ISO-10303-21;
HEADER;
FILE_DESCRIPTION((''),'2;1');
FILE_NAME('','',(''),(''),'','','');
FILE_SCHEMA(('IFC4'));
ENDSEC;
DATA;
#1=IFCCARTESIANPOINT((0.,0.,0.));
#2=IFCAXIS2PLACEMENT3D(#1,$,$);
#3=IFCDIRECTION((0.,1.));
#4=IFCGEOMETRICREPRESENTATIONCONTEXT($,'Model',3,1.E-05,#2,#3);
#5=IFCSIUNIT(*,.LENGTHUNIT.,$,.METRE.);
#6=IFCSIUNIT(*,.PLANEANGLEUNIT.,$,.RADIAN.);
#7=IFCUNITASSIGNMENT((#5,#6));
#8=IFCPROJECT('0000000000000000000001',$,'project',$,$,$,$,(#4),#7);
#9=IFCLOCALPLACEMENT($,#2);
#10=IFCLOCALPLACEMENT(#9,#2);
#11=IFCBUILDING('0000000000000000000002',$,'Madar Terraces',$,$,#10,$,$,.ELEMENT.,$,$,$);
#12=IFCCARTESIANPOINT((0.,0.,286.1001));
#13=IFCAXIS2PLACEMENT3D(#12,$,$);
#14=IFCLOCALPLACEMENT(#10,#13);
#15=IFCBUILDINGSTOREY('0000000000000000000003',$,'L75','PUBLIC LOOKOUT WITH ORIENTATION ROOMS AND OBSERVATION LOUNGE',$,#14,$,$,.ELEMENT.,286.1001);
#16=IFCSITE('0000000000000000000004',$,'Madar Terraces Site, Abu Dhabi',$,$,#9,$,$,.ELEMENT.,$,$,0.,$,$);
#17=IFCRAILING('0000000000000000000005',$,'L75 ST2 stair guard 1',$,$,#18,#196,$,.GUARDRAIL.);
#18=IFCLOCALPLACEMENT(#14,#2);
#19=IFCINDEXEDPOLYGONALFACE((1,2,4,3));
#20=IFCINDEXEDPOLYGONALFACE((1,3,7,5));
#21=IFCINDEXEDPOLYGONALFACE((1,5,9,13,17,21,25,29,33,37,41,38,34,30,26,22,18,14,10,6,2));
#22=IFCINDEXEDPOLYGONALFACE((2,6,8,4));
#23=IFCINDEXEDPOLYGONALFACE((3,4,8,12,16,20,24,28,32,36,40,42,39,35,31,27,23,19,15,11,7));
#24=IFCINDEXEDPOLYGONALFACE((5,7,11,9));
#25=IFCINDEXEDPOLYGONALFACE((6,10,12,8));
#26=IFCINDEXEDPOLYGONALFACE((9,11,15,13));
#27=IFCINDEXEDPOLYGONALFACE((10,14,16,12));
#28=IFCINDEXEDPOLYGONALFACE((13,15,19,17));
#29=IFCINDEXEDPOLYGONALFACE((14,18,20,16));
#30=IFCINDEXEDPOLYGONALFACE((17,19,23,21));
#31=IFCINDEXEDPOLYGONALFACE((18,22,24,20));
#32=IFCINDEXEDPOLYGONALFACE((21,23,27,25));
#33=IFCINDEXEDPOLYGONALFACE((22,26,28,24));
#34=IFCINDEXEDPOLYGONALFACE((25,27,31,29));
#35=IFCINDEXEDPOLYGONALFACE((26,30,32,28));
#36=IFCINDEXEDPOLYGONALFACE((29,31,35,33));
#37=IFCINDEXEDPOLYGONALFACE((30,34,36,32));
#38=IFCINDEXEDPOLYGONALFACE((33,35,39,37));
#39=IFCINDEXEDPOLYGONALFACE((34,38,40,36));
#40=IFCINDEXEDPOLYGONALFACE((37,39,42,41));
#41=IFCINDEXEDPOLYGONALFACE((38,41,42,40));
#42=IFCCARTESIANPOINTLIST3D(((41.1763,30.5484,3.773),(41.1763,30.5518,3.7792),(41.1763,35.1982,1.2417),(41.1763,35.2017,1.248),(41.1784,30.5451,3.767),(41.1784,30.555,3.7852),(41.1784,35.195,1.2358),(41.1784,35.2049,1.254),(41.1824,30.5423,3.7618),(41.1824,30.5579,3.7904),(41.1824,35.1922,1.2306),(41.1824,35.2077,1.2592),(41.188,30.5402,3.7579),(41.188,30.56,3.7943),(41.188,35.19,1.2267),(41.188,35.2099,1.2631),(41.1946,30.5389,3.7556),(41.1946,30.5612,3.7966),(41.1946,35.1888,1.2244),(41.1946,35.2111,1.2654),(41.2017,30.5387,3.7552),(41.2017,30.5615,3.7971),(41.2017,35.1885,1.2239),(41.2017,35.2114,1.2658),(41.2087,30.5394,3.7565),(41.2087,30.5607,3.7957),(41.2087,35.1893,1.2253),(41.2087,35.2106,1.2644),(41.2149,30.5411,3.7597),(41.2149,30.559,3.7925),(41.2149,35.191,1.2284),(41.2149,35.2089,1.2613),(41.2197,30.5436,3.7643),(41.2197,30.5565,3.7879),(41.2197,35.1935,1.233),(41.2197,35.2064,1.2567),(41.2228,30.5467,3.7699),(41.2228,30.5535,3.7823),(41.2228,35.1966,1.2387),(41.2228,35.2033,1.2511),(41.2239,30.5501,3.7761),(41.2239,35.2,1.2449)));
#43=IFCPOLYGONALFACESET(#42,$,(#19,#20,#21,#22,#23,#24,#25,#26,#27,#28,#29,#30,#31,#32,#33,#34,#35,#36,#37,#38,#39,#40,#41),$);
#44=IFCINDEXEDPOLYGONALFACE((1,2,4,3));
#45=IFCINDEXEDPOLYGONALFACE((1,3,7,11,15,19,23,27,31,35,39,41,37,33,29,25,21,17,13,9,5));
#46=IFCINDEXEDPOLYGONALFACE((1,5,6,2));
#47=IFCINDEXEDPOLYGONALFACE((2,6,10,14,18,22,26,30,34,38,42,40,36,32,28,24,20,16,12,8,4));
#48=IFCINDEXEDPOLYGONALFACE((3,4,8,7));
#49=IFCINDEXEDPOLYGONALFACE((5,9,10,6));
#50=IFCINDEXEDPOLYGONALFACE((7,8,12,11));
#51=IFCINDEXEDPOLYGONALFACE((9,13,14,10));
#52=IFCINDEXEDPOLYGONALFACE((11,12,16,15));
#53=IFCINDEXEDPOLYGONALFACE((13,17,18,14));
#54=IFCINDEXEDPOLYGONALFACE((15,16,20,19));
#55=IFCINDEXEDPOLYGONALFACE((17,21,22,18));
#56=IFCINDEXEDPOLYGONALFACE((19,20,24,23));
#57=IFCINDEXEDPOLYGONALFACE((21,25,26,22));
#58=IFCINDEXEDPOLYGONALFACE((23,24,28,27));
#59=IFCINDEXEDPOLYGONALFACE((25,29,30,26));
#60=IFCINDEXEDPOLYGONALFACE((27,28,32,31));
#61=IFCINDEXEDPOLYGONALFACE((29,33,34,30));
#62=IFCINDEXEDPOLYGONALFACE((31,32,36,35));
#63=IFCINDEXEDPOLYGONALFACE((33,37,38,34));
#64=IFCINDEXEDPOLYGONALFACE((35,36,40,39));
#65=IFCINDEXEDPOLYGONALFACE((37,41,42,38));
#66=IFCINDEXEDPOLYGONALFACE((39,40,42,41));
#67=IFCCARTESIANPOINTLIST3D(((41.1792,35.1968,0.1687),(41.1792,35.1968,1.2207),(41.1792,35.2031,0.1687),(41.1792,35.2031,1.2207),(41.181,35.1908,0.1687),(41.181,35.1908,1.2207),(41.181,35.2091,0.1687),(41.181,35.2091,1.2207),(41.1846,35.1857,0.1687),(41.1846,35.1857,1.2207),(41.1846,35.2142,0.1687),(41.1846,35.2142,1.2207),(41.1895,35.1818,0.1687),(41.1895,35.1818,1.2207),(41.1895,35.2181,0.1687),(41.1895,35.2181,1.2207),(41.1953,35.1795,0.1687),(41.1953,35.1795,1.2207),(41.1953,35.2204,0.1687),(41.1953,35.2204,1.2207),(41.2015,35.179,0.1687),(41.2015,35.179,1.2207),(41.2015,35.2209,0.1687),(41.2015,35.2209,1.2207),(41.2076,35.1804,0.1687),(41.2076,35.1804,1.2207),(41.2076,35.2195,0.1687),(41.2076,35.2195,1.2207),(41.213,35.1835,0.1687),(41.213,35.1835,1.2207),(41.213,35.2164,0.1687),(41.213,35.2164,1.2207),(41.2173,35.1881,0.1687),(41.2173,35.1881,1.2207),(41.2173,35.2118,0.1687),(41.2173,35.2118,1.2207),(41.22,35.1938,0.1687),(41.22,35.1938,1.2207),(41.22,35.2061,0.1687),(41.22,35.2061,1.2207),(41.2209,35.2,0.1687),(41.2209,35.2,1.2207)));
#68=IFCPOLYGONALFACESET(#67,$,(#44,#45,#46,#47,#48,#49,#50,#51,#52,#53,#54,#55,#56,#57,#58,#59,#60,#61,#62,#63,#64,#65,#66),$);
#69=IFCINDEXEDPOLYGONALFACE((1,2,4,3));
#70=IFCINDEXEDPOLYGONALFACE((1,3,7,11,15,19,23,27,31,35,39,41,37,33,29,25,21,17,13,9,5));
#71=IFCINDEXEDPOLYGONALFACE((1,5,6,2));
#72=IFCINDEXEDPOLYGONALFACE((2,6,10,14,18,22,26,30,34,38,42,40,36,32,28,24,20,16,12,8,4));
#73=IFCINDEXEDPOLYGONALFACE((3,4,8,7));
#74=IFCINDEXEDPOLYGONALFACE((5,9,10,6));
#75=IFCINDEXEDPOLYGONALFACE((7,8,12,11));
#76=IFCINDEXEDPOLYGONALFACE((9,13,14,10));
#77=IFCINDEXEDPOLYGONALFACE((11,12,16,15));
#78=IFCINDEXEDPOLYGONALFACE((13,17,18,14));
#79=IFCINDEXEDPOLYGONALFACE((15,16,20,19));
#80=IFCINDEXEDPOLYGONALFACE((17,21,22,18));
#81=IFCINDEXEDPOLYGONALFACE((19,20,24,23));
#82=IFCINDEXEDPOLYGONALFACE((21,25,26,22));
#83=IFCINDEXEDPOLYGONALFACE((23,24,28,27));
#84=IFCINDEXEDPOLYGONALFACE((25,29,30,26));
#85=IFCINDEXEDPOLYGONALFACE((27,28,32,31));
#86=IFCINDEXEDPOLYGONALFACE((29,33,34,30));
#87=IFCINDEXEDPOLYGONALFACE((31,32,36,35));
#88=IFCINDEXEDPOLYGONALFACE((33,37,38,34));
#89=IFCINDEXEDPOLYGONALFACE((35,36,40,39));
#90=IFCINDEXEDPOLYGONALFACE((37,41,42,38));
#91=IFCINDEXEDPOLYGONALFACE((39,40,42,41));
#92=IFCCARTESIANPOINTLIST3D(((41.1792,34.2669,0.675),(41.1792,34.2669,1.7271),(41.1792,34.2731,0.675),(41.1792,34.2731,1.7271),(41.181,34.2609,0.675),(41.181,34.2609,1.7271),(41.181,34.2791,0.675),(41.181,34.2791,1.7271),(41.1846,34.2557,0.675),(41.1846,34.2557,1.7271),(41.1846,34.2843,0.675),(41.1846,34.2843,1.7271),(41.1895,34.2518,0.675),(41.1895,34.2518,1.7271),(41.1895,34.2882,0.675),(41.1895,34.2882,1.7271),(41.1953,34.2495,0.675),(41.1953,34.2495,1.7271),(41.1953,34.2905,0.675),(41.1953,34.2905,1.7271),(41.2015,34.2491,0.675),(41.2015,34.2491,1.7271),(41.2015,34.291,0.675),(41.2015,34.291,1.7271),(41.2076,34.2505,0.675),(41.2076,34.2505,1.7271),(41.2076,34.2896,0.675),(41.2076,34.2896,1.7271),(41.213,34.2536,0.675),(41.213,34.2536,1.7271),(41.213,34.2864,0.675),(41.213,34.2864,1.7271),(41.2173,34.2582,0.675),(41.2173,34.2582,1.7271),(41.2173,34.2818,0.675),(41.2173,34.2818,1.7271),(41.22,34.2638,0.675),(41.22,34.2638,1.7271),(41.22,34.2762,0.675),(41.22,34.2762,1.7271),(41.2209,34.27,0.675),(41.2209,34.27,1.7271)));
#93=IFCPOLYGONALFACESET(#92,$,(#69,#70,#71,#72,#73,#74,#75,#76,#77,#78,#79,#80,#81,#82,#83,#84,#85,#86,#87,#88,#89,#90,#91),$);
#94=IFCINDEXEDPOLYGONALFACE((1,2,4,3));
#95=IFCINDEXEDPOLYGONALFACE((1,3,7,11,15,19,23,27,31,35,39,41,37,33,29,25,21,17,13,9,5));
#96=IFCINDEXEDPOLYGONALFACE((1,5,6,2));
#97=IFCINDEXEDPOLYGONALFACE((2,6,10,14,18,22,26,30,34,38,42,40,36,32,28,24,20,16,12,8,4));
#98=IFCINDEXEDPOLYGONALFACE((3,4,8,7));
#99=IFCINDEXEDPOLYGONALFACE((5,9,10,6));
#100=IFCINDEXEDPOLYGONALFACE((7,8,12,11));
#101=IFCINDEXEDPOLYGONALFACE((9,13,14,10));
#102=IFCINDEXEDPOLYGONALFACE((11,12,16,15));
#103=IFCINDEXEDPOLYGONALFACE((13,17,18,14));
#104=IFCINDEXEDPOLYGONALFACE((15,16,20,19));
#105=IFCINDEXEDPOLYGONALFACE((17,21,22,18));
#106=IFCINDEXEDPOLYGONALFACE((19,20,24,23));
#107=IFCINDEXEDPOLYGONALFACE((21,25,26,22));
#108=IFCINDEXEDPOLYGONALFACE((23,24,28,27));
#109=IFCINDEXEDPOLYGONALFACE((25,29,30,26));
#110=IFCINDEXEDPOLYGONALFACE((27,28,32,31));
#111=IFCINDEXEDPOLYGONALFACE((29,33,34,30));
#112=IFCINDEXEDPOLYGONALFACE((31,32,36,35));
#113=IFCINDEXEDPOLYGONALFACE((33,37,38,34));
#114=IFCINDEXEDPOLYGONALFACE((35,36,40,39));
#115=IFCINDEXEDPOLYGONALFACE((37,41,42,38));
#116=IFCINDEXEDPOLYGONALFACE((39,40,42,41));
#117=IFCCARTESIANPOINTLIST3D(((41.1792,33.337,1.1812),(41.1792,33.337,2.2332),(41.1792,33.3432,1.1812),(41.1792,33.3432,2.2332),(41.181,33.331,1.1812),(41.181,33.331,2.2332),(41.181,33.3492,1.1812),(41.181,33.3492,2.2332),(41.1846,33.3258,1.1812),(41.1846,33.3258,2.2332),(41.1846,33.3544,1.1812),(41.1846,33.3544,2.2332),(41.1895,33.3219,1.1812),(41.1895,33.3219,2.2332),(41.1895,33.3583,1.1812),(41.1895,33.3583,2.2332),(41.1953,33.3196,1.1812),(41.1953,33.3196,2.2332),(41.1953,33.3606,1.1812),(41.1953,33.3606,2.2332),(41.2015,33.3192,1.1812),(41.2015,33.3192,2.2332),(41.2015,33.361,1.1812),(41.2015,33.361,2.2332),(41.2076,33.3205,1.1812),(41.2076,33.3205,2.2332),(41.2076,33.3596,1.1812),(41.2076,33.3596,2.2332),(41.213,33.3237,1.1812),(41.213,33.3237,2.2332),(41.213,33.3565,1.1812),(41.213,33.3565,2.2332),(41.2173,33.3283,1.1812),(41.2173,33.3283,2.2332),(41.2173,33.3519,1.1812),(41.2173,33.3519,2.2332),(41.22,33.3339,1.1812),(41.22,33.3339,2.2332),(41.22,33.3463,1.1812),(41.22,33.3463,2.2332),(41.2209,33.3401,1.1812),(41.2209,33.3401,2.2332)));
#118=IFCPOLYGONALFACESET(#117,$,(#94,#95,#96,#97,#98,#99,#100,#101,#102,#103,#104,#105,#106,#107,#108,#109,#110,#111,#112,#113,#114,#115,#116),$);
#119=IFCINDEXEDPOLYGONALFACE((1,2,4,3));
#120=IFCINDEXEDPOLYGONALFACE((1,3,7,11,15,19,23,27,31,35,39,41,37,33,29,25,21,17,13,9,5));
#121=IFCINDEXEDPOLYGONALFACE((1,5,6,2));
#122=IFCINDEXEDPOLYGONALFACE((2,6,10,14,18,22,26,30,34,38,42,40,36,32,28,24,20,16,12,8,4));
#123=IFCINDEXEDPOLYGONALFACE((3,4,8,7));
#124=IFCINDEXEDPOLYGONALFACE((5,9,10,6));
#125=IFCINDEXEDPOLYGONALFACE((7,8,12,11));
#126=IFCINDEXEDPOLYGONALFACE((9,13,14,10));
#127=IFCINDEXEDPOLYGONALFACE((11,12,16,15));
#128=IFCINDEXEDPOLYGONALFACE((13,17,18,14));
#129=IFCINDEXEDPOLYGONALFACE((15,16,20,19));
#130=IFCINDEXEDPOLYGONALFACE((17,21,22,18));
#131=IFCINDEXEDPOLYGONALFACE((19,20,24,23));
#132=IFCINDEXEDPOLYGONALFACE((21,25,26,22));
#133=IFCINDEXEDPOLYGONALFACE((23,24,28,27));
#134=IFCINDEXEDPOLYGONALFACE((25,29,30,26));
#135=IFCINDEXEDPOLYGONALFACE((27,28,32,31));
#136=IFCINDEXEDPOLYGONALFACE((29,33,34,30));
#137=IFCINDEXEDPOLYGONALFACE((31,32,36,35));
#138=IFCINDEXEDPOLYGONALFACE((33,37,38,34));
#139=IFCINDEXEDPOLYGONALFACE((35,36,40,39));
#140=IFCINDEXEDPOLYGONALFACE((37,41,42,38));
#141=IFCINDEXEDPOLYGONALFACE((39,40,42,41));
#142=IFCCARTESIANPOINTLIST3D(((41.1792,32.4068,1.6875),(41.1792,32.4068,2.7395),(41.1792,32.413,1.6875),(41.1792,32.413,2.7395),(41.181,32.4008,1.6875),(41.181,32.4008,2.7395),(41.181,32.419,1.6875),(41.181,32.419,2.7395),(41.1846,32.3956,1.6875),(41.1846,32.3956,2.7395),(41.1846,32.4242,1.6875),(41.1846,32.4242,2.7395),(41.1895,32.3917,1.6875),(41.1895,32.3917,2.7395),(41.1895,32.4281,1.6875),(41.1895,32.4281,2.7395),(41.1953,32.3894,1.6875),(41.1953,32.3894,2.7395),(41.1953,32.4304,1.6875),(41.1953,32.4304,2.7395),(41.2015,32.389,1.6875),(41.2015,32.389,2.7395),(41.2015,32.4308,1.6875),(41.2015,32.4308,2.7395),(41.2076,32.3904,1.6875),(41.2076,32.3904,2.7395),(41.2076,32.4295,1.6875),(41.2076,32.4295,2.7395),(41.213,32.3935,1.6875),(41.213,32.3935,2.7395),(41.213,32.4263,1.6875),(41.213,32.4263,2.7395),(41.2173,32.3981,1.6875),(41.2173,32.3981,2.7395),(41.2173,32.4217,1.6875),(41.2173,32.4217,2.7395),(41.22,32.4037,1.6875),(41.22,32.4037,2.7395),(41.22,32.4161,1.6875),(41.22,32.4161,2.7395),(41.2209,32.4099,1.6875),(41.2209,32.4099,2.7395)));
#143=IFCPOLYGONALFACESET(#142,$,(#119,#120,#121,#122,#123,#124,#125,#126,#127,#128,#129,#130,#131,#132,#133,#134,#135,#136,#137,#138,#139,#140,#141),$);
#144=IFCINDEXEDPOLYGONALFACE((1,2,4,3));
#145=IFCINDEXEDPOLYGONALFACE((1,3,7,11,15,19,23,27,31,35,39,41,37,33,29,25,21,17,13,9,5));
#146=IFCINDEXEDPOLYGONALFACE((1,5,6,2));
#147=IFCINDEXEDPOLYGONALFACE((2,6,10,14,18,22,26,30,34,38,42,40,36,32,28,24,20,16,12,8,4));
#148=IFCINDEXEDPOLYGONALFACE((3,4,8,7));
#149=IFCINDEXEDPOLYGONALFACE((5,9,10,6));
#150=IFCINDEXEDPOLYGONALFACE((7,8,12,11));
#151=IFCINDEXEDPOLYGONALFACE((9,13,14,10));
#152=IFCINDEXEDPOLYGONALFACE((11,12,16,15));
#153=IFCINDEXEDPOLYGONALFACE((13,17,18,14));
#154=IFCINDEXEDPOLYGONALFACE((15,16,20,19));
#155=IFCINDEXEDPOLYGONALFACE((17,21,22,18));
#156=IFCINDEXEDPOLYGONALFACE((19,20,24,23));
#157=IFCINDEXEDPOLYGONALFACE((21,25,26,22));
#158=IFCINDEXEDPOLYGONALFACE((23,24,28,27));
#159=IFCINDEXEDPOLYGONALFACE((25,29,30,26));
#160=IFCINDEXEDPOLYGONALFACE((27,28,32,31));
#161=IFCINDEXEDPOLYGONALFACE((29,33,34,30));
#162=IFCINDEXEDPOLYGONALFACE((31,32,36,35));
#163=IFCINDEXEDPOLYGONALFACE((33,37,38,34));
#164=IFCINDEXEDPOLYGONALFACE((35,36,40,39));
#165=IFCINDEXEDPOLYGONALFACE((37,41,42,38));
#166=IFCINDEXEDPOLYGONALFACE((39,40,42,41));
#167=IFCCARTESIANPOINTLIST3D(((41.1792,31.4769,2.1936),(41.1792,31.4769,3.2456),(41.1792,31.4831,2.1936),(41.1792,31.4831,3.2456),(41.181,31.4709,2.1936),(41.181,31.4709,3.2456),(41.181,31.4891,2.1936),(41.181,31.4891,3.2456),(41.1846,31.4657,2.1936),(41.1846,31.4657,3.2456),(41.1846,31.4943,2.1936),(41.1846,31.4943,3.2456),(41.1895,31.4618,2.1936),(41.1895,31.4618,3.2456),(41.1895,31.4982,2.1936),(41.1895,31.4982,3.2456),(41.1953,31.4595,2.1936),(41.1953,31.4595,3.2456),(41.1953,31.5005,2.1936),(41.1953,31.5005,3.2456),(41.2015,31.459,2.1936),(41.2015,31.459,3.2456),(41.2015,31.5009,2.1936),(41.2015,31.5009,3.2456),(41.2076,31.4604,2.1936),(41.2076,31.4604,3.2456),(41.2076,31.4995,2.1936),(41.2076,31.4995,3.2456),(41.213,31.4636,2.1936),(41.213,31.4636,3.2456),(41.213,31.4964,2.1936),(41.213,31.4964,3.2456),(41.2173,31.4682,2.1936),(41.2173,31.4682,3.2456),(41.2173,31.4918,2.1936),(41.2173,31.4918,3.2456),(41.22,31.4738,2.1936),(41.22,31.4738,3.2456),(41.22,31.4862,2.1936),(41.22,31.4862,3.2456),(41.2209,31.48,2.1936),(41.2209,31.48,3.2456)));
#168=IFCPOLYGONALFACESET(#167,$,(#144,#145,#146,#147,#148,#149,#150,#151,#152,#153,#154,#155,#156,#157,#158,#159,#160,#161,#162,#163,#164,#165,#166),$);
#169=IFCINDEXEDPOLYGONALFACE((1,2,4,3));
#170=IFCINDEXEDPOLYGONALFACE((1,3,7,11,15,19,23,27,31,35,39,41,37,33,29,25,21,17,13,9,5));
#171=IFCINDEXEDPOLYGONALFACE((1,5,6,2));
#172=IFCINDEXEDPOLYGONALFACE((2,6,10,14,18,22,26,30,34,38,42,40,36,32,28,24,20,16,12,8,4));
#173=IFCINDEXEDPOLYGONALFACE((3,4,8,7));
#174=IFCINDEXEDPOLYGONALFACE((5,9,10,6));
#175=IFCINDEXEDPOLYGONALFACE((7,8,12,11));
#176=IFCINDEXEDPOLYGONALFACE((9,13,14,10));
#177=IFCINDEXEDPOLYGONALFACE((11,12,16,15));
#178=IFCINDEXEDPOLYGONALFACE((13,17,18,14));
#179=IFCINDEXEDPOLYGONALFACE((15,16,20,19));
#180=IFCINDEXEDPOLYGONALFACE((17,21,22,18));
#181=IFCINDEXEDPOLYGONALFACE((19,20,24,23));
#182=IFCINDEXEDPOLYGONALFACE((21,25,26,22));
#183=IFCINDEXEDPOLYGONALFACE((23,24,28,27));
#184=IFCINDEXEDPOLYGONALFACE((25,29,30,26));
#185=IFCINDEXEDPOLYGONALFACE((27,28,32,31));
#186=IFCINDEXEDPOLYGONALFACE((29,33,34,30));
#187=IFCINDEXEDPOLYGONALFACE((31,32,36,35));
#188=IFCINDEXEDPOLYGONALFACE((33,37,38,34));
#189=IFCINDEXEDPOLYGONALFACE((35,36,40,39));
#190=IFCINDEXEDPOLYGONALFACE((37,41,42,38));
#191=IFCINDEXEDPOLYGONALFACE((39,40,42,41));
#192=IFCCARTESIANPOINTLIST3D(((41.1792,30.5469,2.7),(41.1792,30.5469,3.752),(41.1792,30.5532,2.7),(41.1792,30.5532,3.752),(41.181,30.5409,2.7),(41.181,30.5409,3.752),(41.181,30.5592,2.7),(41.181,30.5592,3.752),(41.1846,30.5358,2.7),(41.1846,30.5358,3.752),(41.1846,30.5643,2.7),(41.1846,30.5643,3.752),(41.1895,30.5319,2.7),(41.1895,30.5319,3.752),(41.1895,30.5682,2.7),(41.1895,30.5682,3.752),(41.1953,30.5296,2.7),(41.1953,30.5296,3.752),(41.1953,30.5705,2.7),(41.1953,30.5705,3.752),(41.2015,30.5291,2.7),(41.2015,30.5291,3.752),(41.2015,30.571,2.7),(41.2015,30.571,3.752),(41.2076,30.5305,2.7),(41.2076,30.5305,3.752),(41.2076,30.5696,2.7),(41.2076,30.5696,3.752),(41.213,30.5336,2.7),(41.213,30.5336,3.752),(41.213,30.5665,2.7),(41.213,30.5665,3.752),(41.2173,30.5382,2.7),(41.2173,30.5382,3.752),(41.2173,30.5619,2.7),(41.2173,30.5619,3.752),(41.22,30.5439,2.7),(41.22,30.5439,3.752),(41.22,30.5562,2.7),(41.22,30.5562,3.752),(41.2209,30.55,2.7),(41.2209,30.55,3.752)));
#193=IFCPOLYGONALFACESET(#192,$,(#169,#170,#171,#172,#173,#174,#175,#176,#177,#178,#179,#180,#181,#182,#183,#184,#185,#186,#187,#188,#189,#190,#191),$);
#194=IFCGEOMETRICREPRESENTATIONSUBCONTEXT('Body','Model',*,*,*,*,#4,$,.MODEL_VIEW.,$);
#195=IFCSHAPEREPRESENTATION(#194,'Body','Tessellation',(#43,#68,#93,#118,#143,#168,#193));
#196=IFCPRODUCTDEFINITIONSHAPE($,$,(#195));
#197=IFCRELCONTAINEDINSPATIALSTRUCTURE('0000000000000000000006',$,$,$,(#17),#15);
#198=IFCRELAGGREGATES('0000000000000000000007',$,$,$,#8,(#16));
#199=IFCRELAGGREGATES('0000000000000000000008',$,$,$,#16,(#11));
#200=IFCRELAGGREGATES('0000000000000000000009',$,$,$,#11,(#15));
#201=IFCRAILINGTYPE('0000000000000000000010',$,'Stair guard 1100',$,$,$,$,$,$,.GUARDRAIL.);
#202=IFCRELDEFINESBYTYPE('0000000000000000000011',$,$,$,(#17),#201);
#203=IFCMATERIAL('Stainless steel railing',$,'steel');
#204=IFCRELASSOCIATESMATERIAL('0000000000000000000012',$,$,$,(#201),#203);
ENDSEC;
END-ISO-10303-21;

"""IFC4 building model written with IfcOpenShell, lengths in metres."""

from ifc_helpers import new_model, si_unit, direction, frame, origin, origin_2d, place, context, subcontext, project, spatial, circle, extrude, material, type_object, element, save


model = new_model("IFC4")

# Units and contexts
model_context = context("Model", 3, precision=1e-05, world=origin(), true_north=direction((0.0, 1.0)))
body_context = subcontext(model_context, "Body", "Model", "MODEL_VIEW")
ifc_project = project(units=[si_unit("LENGTHUNIT", "METRE"), si_unit("PLANEANGLEUNIT", "RADIAN")], contexts=[model_context])

# Site, building, storey
site_placement = place(None, origin())
site = spatial("IfcSite", under=ifc_project, at=site_placement, Name="Madar Terraces Site, Abu Dhabi", CompositionType="ELEMENT", RefElevation=0.0)
building_placement = place(site_placement, origin())
building = spatial("IfcBuilding", under=site, at=building_placement, Name="Madar Terraces", CompositionType="ELEMENT")
storey_placement = place(building_placement, frame((0.0, 0.0, 286.1001)))
storey = spatial("IfcBuildingStorey", under=building, at=storey_placement, Name="L75", Description="PUBLIC LOOKOUT WITH ORIENTATION ROOMS AND OBSERVATION LOUNGE", CompositionType="ELEMENT", Elevation=286.1001)

# Railing
ifc_material_1 = material(Name="Stainless steel railing", Category="steel")
railing_type_1 = type_object("IfcRailingType", Name="Stair guard 1100", PredefinedType="GUARDRAIL", material=ifc_material_1)
railing_1_placement = place(storey_placement, frame((41.2, 35.2, 0.1687)))
element("IfcRailing", 1, at=railing_1_placement, inside=storey, type_object=railing_type_1, Name="L75 ST2 stair guard 1", PredefinedType="GUARDRAIL", context=body_context, shape_type="SweptSolid", body=[
    extrude(circle(Radius=0.0239, at=origin_2d()), frame((0.0, 0.0, 1.0762), z_axis=(0.0, -0.878297, 0.478115), x_axis=(1.0, 0.0, 0.0)), (0.0, 0.0, 1.0), 5.2942),
    extrude(circle(Radius=0.021, at=origin_2d()), origin(), (0.0, 0.0, 1.0), 1.052),
    extrude(circle(Radius=0.021, at=origin_2d()), frame((0.0, -0.9299, 0.5063)), (0.0, 0.0, 1.0), 1.052),
    extrude(circle(Radius=0.021, at=origin_2d()), frame((0.0, -1.8599, 1.0125)), (0.0, 0.0, 1.0), 1.052),
    extrude(circle(Radius=0.021, at=origin_2d()), frame((0.0, -2.79, 1.5188)), (0.0, 0.0, 1.0), 1.052),
    extrude(circle(Radius=0.021, at=origin_2d()), frame((0.0, -3.72, 2.0249)), (0.0, 0.0, 1.0), 1.052),
    extrude(circle(Radius=0.021, at=origin_2d()), frame((0.0, -4.6499, 2.5312)), (0.0, 0.0, 1.0), 1.052),
])

save(model, "model.ifc")
